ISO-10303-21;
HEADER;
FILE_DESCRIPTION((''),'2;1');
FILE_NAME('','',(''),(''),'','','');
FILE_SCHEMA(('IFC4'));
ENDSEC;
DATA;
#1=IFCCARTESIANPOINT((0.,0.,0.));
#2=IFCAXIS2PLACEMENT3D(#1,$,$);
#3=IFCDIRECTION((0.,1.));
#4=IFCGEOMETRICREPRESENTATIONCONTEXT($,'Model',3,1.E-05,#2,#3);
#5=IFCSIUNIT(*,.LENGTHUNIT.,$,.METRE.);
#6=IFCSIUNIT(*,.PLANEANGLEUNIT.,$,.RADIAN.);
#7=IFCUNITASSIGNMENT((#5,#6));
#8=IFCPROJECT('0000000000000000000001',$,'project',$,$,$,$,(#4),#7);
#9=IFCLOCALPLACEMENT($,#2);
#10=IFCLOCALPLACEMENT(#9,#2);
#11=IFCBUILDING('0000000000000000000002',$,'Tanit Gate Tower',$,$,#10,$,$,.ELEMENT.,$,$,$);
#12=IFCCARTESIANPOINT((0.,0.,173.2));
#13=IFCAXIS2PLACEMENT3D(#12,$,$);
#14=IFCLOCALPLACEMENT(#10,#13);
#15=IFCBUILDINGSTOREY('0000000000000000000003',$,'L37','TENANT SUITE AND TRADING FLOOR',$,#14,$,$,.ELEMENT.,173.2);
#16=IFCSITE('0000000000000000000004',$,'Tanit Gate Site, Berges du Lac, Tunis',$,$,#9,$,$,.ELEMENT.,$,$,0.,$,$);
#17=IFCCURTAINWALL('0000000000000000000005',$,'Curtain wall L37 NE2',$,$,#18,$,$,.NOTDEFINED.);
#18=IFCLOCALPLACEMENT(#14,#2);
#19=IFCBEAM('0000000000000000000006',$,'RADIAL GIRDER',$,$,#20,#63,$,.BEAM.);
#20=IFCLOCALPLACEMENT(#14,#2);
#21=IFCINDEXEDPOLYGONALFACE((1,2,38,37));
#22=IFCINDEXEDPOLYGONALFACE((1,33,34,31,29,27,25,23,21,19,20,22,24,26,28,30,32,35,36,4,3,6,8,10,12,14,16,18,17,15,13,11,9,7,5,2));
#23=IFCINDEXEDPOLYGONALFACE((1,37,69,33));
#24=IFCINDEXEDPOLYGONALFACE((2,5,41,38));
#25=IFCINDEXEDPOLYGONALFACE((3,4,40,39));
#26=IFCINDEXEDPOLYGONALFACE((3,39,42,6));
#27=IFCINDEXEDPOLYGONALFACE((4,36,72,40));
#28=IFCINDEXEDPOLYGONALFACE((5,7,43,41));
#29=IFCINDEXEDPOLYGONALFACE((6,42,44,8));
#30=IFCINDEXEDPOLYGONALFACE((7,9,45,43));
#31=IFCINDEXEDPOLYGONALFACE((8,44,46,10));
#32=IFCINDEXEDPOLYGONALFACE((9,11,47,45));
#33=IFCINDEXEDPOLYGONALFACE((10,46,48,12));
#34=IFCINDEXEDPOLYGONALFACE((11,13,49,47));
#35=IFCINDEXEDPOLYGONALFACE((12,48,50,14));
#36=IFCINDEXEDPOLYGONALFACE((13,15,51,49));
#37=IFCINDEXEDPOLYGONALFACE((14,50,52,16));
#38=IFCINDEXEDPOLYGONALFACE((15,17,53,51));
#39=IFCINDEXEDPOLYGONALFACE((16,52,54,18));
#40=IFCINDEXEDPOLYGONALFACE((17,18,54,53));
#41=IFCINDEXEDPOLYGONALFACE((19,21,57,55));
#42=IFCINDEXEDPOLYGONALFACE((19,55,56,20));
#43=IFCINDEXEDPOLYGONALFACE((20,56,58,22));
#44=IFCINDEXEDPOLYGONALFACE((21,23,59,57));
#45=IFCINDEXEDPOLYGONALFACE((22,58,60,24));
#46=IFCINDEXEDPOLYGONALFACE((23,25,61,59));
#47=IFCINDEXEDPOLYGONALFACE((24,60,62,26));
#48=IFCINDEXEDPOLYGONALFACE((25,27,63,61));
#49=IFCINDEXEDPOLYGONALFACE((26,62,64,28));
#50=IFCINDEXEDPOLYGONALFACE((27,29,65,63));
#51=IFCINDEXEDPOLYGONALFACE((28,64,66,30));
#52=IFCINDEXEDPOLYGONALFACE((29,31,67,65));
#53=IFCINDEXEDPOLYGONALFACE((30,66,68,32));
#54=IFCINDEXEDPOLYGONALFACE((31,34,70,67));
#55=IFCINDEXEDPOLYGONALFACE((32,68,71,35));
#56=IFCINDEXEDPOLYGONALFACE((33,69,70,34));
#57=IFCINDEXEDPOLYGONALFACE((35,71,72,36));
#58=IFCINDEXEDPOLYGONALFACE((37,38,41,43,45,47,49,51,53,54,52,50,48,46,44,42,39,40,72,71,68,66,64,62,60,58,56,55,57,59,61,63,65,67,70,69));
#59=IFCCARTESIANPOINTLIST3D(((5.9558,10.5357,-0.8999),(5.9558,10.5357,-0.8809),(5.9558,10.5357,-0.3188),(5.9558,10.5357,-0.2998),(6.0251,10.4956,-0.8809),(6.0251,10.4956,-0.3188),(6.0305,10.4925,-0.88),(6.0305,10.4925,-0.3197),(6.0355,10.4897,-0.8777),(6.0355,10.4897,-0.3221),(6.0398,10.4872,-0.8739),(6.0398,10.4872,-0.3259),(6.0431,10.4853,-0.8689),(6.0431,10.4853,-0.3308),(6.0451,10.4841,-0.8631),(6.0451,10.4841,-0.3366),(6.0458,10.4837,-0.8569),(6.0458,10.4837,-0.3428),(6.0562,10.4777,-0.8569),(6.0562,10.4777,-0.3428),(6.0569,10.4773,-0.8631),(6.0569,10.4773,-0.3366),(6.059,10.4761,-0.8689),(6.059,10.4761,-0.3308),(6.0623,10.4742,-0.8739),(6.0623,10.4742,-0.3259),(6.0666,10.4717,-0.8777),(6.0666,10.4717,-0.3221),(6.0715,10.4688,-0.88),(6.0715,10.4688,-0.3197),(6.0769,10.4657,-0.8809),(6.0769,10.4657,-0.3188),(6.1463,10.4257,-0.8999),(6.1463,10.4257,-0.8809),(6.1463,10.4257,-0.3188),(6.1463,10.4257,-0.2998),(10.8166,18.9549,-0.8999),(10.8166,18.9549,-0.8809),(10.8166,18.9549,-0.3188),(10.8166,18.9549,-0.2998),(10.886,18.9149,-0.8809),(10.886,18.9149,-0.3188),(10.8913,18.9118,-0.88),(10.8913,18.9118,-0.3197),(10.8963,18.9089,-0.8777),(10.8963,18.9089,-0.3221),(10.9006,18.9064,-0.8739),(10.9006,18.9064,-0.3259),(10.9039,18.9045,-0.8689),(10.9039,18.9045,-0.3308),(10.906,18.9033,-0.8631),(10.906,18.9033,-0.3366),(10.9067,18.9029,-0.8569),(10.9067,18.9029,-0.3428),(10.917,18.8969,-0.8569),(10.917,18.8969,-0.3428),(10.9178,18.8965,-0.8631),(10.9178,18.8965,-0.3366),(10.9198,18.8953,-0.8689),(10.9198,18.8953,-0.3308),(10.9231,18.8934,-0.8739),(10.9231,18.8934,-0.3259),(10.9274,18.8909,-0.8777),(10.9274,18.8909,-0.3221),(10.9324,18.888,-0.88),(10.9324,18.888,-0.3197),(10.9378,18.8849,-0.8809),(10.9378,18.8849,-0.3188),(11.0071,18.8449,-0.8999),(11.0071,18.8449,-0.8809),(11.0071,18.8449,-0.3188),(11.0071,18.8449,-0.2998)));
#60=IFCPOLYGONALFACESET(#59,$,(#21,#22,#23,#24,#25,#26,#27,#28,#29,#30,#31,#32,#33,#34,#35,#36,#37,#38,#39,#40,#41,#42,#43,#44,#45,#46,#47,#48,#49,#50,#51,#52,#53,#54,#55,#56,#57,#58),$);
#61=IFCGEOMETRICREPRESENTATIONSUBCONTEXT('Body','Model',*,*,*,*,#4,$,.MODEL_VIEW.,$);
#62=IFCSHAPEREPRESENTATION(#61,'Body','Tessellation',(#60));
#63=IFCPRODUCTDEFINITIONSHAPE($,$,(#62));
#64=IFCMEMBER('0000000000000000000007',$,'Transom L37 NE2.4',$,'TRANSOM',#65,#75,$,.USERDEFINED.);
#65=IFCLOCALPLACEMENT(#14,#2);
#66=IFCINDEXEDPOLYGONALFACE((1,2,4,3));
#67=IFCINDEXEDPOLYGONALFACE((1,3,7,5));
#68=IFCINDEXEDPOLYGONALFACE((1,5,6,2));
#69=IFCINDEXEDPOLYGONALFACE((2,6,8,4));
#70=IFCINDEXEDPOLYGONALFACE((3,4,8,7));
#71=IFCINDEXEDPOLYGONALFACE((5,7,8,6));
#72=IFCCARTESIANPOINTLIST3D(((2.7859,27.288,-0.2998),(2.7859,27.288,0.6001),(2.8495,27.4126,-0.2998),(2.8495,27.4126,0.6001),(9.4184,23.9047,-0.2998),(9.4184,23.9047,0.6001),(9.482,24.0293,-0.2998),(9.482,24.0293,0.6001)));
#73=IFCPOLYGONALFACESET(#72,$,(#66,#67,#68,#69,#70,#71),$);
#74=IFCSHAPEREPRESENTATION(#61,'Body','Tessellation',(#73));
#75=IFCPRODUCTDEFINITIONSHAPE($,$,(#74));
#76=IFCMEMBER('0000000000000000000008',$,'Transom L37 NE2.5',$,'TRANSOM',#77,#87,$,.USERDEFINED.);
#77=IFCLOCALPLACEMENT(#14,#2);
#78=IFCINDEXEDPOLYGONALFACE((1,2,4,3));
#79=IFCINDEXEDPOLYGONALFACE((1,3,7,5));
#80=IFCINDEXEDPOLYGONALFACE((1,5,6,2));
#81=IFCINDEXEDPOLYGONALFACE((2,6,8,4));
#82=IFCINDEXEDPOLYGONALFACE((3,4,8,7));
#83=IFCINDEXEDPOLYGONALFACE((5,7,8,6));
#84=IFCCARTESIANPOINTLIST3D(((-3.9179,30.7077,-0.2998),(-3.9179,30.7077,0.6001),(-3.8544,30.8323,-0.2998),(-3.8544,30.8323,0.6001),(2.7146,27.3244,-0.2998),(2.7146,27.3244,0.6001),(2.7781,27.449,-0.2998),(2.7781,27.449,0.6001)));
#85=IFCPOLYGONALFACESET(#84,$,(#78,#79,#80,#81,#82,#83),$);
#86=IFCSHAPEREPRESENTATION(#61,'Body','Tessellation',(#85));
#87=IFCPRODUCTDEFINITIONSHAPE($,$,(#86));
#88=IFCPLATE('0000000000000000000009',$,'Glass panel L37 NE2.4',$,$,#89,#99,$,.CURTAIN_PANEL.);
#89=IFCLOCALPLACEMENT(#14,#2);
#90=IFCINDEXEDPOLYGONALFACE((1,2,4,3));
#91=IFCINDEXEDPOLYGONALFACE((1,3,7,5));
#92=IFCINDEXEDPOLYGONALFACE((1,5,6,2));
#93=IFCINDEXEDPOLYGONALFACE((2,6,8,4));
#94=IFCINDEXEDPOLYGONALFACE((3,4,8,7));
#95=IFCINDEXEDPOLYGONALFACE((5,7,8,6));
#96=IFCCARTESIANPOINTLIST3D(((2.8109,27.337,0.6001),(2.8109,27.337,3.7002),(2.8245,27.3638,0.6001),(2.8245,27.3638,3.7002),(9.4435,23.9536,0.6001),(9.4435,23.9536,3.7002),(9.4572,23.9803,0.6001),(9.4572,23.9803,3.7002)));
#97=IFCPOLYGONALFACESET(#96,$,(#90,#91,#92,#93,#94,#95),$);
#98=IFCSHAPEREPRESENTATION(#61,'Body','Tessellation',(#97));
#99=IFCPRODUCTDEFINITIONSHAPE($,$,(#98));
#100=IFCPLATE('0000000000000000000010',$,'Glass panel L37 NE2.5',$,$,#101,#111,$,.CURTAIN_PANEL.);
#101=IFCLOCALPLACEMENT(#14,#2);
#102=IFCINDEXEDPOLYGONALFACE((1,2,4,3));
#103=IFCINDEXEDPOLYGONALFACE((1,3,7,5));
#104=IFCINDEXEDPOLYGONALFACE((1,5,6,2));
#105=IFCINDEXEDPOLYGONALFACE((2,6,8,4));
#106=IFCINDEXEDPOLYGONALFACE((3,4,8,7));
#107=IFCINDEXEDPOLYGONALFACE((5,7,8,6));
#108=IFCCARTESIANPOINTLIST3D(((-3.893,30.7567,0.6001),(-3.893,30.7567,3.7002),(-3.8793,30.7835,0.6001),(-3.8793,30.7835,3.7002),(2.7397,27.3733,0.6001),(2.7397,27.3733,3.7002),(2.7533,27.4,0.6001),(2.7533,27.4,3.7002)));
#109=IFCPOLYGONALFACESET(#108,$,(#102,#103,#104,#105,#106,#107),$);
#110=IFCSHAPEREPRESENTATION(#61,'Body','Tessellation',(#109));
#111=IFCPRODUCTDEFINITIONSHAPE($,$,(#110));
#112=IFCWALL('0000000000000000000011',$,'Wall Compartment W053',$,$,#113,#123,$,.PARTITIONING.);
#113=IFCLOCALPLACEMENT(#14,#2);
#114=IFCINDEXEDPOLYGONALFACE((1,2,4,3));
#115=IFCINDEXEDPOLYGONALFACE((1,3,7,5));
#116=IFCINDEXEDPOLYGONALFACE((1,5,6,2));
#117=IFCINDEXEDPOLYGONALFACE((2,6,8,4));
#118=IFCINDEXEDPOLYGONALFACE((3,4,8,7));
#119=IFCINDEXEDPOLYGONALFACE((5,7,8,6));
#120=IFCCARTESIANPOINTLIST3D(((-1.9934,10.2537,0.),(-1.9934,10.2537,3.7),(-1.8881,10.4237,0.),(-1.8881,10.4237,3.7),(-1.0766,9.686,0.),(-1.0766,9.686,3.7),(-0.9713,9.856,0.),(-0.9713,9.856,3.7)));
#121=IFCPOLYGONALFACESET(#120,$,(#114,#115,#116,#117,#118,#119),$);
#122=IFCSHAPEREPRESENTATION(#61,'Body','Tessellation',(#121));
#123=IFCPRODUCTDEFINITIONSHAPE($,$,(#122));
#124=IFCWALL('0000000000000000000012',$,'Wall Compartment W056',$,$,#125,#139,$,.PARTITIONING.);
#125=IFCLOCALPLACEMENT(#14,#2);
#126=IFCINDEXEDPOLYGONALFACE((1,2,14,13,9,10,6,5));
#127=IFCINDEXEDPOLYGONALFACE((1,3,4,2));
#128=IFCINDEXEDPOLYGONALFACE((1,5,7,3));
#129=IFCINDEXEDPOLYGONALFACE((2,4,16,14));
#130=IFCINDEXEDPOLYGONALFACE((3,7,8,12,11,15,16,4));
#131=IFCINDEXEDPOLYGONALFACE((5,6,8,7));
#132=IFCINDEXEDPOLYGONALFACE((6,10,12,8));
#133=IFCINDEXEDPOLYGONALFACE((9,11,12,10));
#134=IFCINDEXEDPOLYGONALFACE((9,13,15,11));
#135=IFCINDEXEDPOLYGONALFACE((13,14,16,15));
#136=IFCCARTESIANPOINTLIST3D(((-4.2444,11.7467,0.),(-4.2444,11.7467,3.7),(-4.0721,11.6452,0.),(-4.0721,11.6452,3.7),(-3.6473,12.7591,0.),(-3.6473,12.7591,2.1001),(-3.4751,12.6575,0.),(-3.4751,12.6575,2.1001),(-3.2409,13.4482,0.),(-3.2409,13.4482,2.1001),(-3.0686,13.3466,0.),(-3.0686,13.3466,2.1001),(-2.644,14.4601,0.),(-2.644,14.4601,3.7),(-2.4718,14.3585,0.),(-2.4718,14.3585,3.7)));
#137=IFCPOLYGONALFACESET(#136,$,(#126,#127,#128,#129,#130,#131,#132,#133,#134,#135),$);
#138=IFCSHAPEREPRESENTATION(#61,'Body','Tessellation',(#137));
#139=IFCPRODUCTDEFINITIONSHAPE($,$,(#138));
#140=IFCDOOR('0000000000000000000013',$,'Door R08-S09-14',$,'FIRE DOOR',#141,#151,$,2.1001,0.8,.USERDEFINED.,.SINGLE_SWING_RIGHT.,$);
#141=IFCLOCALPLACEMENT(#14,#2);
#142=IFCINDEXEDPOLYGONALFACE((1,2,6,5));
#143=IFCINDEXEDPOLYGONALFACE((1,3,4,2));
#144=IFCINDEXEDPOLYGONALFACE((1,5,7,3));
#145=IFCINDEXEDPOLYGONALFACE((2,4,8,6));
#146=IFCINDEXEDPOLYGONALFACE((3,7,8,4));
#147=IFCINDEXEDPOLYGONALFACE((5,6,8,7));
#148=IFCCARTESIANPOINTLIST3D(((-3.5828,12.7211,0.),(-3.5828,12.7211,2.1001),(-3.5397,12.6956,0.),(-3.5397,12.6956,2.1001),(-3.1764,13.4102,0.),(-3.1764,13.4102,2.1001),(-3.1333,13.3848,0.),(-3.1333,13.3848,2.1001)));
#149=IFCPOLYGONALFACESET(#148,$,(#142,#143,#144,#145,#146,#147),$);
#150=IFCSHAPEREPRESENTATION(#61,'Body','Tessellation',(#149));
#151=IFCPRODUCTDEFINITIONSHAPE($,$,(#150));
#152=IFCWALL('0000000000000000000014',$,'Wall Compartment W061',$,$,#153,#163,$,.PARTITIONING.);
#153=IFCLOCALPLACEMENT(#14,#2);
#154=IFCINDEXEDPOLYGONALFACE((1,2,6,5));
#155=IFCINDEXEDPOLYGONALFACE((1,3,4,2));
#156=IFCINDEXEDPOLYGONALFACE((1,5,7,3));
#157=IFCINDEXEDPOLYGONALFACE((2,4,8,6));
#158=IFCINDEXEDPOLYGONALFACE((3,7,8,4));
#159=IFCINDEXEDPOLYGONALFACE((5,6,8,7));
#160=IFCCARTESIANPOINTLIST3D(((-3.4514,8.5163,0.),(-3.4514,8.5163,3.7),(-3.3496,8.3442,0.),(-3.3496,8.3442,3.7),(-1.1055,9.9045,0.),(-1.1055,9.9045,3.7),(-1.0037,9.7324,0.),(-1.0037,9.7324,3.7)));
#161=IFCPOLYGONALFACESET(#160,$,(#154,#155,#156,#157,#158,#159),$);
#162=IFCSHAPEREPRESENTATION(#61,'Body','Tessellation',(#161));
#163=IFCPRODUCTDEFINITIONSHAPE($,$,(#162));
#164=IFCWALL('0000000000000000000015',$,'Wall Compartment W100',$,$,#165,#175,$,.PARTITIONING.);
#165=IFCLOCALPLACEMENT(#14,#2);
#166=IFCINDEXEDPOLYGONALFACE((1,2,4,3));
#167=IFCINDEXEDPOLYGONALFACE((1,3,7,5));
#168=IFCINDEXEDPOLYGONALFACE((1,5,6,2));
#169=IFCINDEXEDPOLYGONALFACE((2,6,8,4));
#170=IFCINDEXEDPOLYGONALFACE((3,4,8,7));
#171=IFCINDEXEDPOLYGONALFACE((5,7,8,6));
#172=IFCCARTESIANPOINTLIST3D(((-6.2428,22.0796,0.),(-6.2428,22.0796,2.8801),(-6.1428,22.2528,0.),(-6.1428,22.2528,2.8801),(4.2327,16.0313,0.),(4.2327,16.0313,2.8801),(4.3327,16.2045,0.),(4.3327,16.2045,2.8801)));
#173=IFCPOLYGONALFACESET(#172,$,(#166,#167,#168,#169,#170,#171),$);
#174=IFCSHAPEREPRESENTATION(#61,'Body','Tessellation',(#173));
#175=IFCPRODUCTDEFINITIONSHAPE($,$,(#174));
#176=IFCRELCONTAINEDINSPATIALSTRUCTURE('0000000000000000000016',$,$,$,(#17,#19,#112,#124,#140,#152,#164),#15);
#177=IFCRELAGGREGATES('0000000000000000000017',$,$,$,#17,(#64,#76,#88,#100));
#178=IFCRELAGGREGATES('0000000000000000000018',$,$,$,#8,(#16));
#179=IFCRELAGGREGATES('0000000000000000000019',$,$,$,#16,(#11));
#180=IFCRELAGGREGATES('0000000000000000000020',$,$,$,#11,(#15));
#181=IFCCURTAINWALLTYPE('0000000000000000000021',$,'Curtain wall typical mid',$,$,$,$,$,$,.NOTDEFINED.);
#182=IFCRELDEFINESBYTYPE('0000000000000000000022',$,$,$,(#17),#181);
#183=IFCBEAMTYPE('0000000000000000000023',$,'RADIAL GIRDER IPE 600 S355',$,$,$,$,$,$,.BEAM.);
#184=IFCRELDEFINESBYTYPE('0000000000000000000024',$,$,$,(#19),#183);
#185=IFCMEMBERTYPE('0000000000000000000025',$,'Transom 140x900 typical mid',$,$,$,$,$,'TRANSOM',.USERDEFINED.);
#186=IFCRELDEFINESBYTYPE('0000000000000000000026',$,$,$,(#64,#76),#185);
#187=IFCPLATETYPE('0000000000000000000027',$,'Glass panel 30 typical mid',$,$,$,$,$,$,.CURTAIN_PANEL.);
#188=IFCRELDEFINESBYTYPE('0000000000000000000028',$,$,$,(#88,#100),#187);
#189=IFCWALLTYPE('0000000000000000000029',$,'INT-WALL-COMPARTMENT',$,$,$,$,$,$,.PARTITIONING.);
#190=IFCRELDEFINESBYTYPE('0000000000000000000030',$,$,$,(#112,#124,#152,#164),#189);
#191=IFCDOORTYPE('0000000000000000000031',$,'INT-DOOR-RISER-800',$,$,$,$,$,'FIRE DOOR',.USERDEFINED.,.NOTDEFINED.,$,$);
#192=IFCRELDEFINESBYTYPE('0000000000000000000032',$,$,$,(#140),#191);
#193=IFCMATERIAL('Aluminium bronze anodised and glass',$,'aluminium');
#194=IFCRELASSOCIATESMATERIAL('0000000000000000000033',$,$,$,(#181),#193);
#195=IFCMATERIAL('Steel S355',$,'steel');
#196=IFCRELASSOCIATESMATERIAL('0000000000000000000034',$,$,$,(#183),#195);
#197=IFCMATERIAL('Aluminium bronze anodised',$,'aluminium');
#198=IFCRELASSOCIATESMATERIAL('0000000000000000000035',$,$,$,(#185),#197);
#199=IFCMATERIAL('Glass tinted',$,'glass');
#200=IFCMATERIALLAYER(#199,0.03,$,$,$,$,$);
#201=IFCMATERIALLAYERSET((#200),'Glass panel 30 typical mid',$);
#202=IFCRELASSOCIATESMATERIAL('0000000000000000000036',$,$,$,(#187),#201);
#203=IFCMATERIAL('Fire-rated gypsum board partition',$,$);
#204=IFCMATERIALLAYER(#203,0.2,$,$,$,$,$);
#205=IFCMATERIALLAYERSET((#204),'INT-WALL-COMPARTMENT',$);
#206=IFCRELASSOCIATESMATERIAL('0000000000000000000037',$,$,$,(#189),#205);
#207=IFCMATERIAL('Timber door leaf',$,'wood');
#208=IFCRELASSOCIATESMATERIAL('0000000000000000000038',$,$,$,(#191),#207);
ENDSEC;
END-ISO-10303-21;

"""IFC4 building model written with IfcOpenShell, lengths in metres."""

from ifc_helpers import new_model, si_unit, direction, frame, frame_2d, origin, origin_2d, place, context, subcontext, project, spatial, rectangle, i_section, extrude, material, layer, layer_set, material_profile, profile_set, type_object, element, fill, aggregate, save


model = new_model("IFC4")

# Units and contexts
model_context = context("Model", 3, precision=1e-05, world=origin(), true_north=direction((0.0, 1.0)))
body_context = subcontext(model_context, "Body", "Model", "MODEL_VIEW")
ifc_project = project(units=[si_unit("LENGTHUNIT", "METRE"), si_unit("PLANEANGLEUNIT", "RADIAN")], contexts=[model_context])

# Site, building, storey
site_placement = place(None, origin())
site = spatial("IfcSite", under=ifc_project, at=site_placement, Name="Tanit Gate Site, Berges du Lac, Tunis", CompositionType="ELEMENT", RefElevation=0.0)
building_placement = place(site_placement, origin())
building = spatial("IfcBuilding", under=site, at=building_placement, Name="Tanit Gate Tower", CompositionType="ELEMENT")
storey_placement = place(building_placement, frame((0.0, 0.0, 173.2)))
storey = spatial("IfcBuildingStorey", under=building, at=storey_placement, Name="L37", Description="TENANT SUITE AND TRADING FLOOR", CompositionType="ELEMENT", Elevation=173.2)

# Curtain wall
ifc_material_1 = material(Name="Aluminium bronze anodised and glass", Category="aluminium")
curtain_wall_type = type_object("IfcCurtainWallType", Name="Curtain wall typical mid", PredefinedType="NOTDEFINED", material=ifc_material_1)
curtain_wall_placement = place(storey_placement, origin())
curtain_wall = element("IfcCurtainWall", 1, at=curtain_wall_placement, inside=storey, type_object=curtain_wall_type, Name="Curtain wall L37 NE2", PredefinedType="NOTDEFINED")

# Beam
ifc_material_2 = material(Name="Steel S355", Category="steel")
ifc_material_profile_1 = material_profile(ifc_material_2, i_section(OverallWidth=0.22, OverallDepth=0.6001, WebThickness=0.012, FlangeThickness=0.019, FilletRadius=0.0239, at=origin_2d()), Name="IPE 600")
ifc_profile_set_1 = profile_set([ifc_material_profile_1], Name="Steel S355")
beam_type_1 = type_object("IfcBeamType", Name="RADIAL GIRDER IPE 600 S355", PredefinedType="BEAM", material=ifc_profile_set_1)
beam_1_placement = place(storey_placement, frame((10.9119, 18.8999, -0.5999), z_axis=(-0.500001, -0.866025, 0.0), x_axis=(0.866025, -0.500001, 0.0)))
element("IfcBeam", 2, at=beam_1_placement, inside=storey, type_object=beam_type_1, Name="RADIAL GIRDER", PredefinedType="BEAM", context=body_context, shape_type="SweptSolid", body=[
    extrude(i_section(OverallWidth=0.22, OverallDepth=0.6001, WebThickness=0.012, FlangeThickness=0.019, FilletRadius=0.0239, at=origin_2d()), origin(), (0.0, 0.0, 1.0), 9.7217),
])

# Members
ifc_material_3 = material(Name="Aluminium bronze anodised", Category="aluminium")
ifc_material_profile_2 = material_profile(ifc_material_3, rectangle(XDim=0.1399, YDim=0.8999, at=origin_2d()), Name="140x900 bronze transom")
ifc_profile_set_2 = profile_set([ifc_material_profile_2], Name="Aluminium bronze anodised")
member_type_1 = type_object("IfcMemberType", Name="Transom 140x900 typical mid", ElementType="TRANSOM", PredefinedType="USERDEFINED", material=ifc_profile_set_2)
member_1_placement = place(storey_placement, frame((9.4502, 23.967, 0.1501), z_axis=(-0.890798, 0.4544, 0.0), x_axis=(-0.4544, -0.890798, 0.0)))
member_1 = element("IfcMember", 3, at=member_1_placement, type_object=member_type_1, Name="Transom L37 NE2.4", ObjectType="TRANSOM", PredefinedType="USERDEFINED", context=body_context, shape_type="SweptSolid", body=[
    extrude(rectangle(XDim=0.1399, YDim=0.8999, at=origin_2d()), origin(), (0.0, 0.0, 1.0), 7.4456),
])
member_2_placement = place(storey_placement, frame((2.7463, 27.3867, 0.1501), z_axis=(-0.890798, 0.4544, 0.0), x_axis=(-0.4544, -0.890798, 0.0)))
member_2 = element("IfcMember", 4, at=member_2_placement, type_object=member_type_1, Name="Transom L37 NE2.5", ObjectType="TRANSOM", PredefinedType="USERDEFINED", context=body_context, shape_type="SweptSolid", body=[
    extrude(rectangle(XDim=0.1399, YDim=0.8999, at=origin_2d()), origin(), (0.0, 0.0, 1.0), 7.4456),
])

# Plates
ifc_material_4 = material(Name="Glass tinted", Category="glass")
ifc_layer_1 = layer(ifc_material_4, 0.03)
ifc_layer_set_1 = layer_set([ifc_layer_1], Name="Glass panel 30 typical mid")
plate_type = type_object("IfcPlateType", Name="Glass panel 30 typical mid", PredefinedType="CURTAIN_PANEL", material=ifc_layer_set_1)
plate_1_placement = place(storey_placement, frame((6.134, 25.6587, 0.6001), z_axis=(0.0, 0.0, 1.0), x_axis=(-0.890792, 0.454411, 0.0)))
plate_1 = element("IfcPlate", 5, at=plate_1_placement, type_object=plate_type, Name="Glass panel L37 NE2.4", PredefinedType="CURTAIN_PANEL", context=body_context, shape_type="SweptSolid", body=[
    extrude(rectangle(XDim=7.4458, YDim=0.03, at=origin_2d()), origin(), (0.0, 0.0, 1.0), 3.1001),
])
plate_2_placement = place(storey_placement, frame((-0.5698, 29.0784, 0.6001), z_axis=(0.0, 0.0, 1.0), x_axis=(-0.890792, 0.454411, 0.0)))
plate_2 = element("IfcPlate", 6, at=plate_2_placement, type_object=plate_type, Name="Glass panel L37 NE2.5", PredefinedType="CURTAIN_PANEL", context=body_context, shape_type="SweptSolid", body=[
    extrude(rectangle(XDim=7.4458, YDim=0.03, at=origin_2d()), origin(), (0.0, 0.0, 1.0), 3.1001),
])
aggregate(curtain_wall, [member_1, member_2, plate_1, plate_2])

# Wall
ifc_material_5 = material(Name="Fire-rated gypsum board partition")
ifc_layer_2 = layer(ifc_material_5, 0.2)
ifc_layer_set_2 = layer_set([ifc_layer_2], Name="INT-WALL-COMPARTMENT")
wall_type_1 = type_object("IfcWallType", Name="INT-WALL-COMPARTMENT", PredefinedType="PARTITIONING", material=ifc_layer_set_2)
wall_1_placement = place(storey_placement, frame((-1.9407, 10.3386, 0.0), z_axis=(0.0, 0.0, 1.0), x_axis=(0.850217, -0.526433, 0.0)))
element("IfcWall", 7, at=wall_1_placement, inside=storey, type_object=wall_type_1, Name="Wall Compartment W053", PredefinedType="PARTITIONING", context=body_context, shape_type="SweptSolid", body=[
    extrude(rectangle(XDim=1.0784, YDim=0.2, at=frame_2d((0.5391, 0.0))), origin(), (0.0, 0.0, 1.0), 3.7),
])

# Wall, opening, door
wall_2_placement = place(storey_placement, frame((-2.5579, 14.4094, 0.0), z_axis=(0.0, 0.0, 1.0), x_axis=(-0.508019, -0.861346, 0.0)))
wall_2 = element("IfcWall", 8, at=wall_2_placement, inside=storey, type_object=wall_type_1, Name="Wall Compartment W056", PredefinedType="PARTITIONING", context=body_context, shape_type="SweptSolid", body=[
    extrude(rectangle(XDim=3.1501, YDim=0.2, at=frame_2d((1.5752, 0.0))), origin(), (0.0, 0.0, 1.0), 3.7),
])
opening_1_placement = place(wall_2_placement, frame((1.175, 0.0, 0.0)))
opening_1 = element("IfcOpeningElement", 9, at=opening_1_placement, cuts=wall_2, PredefinedType="OPENING", context=body_context, shape_type="SweptSolid", body=[
    extrude(rectangle(XDim=0.8, YDim=2.1001, at=frame_2d((0.3999, 1.05))), frame((0.0, 0.1099, 0.0), z_axis=(0.0, -1.0, 0.0), x_axis=(1.0, 0.0, 0.0)), (0.0, 0.0, 1.0), 0.22),
])
ifc_material_6 = material(Name="Timber door leaf", Category="wood")
door_type_1 = type_object("IfcDoorType", Name="INT-DOOR-RISER-800", ElementType="FIRE DOOR", OperationType="NOTDEFINED", PredefinedType="USERDEFINED", material=ifc_material_6)
door_1_placement = place(opening_1_placement, origin())
door_1 = element("IfcDoor", 10, at=door_1_placement, inside=storey, type_object=door_type_1, Name="Door R08-S09-14", ObjectType="FIRE DOOR", OperationType="SINGLE_SWING_RIGHT", OverallHeight=2.1001, OverallWidth=0.8, PredefinedType="USERDEFINED", context=body_context, shape_type="SweptSolid", body=[
    extrude(rectangle(XDim=0.8, YDim=2.1001, at=frame_2d((0.3999, 1.05))), frame((0.0, 0.0249, 0.0), z_axis=(0.0, -1.0, 0.0), x_axis=(1.0, 0.0, 0.0)), (0.0, 0.0, 1.0), 0.05),
])
fill(opening_1, door_1)

# Walls
wall_3_placement = place(storey_placement, frame((-1.0547, 9.8184, 0.0), z_axis=(0.0, 0.0, 1.0), x_axis=(-0.860614, -0.509257, 0.0)))
element("IfcWall", 11, at=wall_3_placement, inside=storey, type_object=wall_type_1, Name="Wall Compartment W061", PredefinedType="PARTITIONING", context=body_context, shape_type="SweptSolid", body=[
    extrude(rectangle(XDim=2.7258, YDim=0.2, at=frame_2d((1.3628, 0.0))), origin(), (0.0, 0.0, 1.0), 3.7),
])
wall_4_placement = place(storey_placement, frame((4.2827, 16.1179, 0.0), z_axis=(0.0, 0.0, 1.0), x_axis=(-0.866016, 0.500016, 0.0)))
element("IfcWall", 12, at=wall_4_placement, inside=storey, type_object=wall_type_1, Name="Wall Compartment W100", PredefinedType="PARTITIONING", context=body_context, shape_type="SweptSolid", body=[
    extrude(rectangle(XDim=12.0962, YDim=0.2, at=frame_2d((6.0481, 0.0))), origin(), (0.0, 0.0, 1.0), 2.8801),
])

save(model, "model.ifc")
